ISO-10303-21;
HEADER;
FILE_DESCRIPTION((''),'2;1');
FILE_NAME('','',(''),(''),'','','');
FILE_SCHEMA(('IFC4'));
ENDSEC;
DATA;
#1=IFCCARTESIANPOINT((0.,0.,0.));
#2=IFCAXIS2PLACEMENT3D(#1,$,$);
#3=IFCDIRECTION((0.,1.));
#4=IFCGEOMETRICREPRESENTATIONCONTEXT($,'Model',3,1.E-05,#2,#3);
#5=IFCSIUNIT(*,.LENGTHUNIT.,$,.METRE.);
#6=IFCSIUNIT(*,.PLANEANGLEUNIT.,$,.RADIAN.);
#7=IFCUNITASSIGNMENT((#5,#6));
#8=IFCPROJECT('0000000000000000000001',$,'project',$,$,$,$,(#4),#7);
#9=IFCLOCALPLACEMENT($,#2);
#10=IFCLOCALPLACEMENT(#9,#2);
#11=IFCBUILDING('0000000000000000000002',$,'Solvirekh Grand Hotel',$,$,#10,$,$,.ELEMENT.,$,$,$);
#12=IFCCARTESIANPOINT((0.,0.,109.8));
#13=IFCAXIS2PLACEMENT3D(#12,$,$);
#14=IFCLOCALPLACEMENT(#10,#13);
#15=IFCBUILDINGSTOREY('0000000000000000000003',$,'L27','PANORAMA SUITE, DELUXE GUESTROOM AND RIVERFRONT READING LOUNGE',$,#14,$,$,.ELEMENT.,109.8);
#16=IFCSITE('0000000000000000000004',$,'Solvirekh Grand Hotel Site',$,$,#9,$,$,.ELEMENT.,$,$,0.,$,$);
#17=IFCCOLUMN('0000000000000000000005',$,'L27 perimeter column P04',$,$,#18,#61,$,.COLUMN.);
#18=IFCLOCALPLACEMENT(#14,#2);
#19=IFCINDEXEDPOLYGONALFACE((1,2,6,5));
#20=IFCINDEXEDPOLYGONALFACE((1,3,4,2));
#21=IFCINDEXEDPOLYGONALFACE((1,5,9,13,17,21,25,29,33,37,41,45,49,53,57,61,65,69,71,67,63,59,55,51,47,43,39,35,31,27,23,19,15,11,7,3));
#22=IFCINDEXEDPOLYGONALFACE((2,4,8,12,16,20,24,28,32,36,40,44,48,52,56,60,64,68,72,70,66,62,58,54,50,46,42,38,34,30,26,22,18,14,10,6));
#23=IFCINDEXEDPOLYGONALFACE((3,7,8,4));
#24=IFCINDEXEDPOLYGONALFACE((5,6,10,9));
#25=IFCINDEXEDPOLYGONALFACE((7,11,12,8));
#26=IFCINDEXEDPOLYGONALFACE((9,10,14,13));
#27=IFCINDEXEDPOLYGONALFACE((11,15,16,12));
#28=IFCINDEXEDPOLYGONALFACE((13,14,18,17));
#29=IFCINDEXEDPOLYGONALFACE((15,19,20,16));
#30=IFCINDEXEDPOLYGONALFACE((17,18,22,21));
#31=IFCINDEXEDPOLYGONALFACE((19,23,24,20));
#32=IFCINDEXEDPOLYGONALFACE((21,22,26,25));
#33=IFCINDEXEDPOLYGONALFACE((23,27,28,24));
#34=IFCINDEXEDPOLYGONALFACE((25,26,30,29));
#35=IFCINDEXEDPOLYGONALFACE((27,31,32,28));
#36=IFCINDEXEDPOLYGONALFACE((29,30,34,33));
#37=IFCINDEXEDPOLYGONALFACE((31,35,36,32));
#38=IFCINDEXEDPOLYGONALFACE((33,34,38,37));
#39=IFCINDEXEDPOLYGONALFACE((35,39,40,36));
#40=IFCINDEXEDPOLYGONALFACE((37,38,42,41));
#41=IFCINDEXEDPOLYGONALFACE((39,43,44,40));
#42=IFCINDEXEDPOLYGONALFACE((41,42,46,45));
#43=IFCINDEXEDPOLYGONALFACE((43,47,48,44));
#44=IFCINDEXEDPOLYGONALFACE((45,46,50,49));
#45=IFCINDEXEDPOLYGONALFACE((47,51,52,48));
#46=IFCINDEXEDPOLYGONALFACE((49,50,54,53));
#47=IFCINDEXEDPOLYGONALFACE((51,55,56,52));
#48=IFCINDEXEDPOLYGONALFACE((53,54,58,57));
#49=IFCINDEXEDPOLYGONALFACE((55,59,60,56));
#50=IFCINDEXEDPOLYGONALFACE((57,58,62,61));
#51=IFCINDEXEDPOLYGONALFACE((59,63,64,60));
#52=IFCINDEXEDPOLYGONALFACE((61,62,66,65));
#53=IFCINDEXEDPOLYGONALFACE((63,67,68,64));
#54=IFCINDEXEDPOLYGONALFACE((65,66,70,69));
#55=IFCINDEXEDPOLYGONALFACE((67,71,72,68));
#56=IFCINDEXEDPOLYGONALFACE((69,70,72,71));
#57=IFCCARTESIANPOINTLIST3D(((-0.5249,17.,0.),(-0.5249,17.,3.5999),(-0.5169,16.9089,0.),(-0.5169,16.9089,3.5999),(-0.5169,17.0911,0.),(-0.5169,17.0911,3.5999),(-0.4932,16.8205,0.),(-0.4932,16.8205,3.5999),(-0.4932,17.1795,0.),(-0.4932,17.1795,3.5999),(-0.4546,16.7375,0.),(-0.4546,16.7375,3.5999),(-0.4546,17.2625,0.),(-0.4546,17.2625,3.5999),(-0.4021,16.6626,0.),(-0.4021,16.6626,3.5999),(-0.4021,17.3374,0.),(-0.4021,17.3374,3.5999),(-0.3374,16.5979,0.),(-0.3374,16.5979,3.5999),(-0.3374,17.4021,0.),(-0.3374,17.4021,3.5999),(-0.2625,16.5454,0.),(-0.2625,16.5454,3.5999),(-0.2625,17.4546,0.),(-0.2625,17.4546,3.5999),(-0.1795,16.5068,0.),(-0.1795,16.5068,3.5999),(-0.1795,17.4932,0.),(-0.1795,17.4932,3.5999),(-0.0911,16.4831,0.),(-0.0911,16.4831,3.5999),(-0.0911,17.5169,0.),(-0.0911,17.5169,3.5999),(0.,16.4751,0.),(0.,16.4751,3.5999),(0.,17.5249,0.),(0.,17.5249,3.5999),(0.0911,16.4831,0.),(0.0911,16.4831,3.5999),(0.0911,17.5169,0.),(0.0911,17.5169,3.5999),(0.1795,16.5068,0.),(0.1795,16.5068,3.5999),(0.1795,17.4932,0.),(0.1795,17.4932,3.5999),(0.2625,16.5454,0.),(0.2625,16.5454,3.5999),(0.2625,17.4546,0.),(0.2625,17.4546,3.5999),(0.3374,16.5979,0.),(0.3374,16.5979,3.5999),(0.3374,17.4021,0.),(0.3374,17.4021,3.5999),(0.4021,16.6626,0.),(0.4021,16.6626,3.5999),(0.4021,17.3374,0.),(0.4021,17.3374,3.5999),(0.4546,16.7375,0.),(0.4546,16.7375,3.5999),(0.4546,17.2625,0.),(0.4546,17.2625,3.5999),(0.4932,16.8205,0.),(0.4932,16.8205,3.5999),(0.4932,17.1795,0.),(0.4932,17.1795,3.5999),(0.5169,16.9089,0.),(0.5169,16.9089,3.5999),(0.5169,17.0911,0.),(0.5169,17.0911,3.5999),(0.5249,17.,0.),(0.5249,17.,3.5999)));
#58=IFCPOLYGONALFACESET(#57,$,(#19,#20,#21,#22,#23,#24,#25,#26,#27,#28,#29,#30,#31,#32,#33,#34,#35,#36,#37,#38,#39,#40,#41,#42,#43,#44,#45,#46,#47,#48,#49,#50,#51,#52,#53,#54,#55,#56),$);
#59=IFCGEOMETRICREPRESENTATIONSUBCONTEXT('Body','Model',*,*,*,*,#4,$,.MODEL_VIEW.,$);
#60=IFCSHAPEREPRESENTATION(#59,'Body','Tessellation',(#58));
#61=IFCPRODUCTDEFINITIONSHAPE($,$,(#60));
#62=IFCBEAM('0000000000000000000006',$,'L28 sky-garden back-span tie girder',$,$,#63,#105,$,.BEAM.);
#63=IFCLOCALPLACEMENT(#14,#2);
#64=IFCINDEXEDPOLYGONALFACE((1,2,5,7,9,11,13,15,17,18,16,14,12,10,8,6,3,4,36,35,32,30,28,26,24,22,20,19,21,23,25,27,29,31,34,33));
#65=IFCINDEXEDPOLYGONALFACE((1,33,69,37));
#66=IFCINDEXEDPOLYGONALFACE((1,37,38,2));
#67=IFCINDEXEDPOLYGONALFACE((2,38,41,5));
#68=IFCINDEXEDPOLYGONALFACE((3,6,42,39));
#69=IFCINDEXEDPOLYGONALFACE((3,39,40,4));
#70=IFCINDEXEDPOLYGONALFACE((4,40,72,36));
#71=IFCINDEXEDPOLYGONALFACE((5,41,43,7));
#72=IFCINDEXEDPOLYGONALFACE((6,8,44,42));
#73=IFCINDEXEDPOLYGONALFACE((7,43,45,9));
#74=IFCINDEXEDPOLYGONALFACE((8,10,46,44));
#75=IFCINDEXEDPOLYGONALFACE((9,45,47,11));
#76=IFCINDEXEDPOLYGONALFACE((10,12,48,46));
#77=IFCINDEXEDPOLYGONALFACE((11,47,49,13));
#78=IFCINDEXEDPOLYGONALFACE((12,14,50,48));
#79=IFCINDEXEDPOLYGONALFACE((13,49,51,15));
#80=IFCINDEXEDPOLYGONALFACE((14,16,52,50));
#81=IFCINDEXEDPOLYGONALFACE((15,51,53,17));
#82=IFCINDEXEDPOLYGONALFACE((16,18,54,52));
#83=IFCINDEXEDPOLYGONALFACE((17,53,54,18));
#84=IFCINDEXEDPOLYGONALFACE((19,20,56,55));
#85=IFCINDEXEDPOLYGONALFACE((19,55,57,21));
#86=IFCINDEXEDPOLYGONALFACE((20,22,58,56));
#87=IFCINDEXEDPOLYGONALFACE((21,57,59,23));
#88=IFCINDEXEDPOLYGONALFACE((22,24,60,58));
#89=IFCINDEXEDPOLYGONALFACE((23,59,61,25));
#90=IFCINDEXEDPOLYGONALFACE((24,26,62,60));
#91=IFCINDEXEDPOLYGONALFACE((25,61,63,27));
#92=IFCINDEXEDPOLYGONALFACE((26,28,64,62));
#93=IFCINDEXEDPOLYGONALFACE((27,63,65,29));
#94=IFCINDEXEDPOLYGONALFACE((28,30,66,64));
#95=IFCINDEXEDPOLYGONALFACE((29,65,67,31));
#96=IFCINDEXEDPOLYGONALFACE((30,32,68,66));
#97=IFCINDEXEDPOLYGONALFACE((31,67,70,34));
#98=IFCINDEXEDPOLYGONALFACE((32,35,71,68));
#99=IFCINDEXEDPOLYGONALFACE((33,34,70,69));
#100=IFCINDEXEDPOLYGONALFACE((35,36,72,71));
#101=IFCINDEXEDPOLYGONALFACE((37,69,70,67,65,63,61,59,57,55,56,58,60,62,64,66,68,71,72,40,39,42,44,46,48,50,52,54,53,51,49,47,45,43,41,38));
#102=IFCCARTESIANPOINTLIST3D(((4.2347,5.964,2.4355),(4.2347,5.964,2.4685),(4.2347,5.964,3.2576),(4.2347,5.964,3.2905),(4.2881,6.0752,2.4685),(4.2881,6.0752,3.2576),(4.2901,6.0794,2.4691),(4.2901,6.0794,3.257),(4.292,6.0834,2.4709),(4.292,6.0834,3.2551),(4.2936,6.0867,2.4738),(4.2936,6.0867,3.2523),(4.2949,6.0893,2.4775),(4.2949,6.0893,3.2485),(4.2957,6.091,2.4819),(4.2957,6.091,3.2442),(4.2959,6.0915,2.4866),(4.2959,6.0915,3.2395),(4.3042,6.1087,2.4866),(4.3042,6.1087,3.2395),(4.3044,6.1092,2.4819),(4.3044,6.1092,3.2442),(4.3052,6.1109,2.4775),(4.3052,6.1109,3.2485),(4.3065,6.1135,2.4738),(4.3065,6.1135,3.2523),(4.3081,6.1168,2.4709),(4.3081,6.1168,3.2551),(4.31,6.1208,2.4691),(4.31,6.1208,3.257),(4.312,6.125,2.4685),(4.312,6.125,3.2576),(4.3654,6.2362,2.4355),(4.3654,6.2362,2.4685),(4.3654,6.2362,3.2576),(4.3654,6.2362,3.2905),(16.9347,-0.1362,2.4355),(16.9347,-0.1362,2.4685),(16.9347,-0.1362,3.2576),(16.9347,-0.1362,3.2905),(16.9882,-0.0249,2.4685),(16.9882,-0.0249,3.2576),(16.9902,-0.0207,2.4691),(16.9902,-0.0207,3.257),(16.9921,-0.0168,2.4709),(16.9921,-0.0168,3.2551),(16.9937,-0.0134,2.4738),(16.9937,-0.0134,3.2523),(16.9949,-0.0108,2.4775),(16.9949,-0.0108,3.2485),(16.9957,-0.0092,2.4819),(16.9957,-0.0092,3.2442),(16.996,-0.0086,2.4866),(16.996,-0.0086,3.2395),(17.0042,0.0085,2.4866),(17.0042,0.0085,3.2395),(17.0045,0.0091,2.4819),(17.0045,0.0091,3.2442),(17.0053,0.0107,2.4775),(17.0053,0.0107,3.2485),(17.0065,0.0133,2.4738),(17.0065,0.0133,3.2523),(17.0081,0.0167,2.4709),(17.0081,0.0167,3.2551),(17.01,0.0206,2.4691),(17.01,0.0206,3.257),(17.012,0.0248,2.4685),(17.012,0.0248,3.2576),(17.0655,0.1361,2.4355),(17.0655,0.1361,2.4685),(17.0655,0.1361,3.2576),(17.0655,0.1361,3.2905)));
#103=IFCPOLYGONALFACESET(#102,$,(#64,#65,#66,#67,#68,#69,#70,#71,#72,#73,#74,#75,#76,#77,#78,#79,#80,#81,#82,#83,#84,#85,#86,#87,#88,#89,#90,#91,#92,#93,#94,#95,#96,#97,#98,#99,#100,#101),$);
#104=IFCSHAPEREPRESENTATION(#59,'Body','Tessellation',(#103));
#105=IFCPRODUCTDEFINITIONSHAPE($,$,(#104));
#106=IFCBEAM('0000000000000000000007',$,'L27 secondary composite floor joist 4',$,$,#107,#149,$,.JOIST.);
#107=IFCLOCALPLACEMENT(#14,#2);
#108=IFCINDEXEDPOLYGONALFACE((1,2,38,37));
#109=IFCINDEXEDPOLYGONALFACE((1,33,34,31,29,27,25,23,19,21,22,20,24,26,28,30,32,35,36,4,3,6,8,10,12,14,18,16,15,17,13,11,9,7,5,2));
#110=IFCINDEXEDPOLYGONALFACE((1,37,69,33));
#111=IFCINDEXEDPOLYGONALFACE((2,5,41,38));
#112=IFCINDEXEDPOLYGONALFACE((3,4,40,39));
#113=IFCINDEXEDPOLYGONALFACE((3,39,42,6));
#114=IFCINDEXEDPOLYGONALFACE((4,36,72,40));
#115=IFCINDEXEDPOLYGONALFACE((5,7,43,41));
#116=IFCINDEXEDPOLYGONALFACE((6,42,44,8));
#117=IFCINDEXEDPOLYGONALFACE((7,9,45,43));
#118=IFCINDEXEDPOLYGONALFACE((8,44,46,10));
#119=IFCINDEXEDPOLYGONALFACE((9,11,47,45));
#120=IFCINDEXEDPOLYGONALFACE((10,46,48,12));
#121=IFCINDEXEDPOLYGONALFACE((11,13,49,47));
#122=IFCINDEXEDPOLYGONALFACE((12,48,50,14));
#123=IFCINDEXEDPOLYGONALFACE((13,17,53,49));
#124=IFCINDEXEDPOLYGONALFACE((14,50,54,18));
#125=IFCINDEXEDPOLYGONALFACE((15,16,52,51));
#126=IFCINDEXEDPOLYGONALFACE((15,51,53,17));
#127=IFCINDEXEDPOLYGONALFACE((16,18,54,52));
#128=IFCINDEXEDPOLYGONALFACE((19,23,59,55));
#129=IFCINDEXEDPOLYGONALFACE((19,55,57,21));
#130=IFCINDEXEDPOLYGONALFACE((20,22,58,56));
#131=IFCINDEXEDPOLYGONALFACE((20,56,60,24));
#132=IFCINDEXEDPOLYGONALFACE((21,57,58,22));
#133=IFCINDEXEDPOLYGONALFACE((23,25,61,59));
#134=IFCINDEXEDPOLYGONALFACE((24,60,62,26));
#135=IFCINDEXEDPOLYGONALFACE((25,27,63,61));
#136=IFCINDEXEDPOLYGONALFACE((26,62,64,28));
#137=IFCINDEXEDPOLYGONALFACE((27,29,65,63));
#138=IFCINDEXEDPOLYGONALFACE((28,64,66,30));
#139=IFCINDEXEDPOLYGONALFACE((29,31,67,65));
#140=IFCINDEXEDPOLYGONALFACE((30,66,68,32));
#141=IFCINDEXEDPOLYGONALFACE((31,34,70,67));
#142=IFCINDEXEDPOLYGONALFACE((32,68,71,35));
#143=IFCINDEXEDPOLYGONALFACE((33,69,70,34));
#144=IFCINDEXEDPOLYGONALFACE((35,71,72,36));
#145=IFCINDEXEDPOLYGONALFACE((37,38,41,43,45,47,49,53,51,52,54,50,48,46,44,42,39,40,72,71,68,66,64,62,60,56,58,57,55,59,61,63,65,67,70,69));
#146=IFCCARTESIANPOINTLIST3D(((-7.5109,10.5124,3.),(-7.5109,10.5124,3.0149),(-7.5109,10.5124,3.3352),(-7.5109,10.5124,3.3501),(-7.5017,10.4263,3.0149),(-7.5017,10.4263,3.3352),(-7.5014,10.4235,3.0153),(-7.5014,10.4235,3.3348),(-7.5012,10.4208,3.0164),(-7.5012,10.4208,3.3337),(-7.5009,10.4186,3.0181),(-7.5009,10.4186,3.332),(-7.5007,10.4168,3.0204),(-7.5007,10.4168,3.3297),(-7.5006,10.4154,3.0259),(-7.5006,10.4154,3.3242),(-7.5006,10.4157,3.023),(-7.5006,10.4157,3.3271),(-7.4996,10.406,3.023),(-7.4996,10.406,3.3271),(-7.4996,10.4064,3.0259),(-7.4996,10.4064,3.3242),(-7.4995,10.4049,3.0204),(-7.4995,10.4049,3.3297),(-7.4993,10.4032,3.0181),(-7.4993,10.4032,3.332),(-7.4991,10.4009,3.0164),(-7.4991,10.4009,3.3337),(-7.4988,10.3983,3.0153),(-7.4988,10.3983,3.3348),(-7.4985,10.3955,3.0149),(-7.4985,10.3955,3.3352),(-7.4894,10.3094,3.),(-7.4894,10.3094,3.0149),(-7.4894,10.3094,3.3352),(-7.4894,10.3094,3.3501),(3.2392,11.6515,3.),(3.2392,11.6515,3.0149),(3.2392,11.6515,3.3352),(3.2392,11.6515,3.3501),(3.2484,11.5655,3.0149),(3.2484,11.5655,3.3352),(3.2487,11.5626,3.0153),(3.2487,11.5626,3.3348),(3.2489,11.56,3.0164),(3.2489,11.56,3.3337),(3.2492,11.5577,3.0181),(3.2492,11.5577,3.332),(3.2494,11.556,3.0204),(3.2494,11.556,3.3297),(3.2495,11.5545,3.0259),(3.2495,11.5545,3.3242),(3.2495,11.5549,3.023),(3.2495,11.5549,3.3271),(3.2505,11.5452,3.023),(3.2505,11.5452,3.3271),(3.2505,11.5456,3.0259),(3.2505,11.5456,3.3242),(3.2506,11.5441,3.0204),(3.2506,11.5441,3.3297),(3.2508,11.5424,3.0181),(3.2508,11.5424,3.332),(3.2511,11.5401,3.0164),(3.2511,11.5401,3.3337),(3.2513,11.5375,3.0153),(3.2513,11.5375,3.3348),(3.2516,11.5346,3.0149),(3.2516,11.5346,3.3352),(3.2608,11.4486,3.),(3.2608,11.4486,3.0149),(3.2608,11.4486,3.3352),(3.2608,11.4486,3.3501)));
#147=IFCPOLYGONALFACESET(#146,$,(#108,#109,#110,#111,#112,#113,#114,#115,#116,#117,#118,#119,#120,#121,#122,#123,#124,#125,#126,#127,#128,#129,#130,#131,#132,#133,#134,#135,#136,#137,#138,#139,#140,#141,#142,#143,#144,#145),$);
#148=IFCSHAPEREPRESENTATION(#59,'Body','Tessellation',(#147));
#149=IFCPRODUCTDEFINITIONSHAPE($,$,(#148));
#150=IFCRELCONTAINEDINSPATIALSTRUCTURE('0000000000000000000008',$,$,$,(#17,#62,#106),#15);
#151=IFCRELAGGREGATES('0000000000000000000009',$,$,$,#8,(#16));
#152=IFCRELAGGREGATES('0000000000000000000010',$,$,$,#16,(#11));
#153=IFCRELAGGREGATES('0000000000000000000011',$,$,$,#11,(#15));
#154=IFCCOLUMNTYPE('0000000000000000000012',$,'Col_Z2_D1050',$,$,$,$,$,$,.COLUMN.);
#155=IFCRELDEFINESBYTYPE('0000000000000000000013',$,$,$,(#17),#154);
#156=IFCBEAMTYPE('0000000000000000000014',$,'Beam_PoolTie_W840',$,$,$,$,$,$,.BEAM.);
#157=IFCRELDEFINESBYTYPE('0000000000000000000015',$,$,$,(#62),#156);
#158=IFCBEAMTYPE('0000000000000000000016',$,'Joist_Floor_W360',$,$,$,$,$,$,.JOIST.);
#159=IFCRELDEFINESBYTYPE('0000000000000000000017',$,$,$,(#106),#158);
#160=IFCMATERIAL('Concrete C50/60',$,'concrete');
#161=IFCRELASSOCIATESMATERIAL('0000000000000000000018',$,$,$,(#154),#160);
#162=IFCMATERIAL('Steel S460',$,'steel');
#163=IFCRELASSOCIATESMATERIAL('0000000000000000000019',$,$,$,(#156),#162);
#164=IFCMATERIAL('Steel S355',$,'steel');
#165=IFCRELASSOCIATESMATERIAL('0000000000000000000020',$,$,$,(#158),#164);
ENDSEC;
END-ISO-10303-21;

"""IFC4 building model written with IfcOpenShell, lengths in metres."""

from ifc_helpers import new_model, si_unit, direction, frame, origin, origin_2d, place, context, subcontext, project, spatial, circle, i_section, extrude, material, material_profile, profile_set, type_object, element, save


model = new_model("IFC4")

# Units and contexts
model_context = context("Model", 3, precision=1e-05, world=origin(), true_north=direction((0.0, 1.0)))
body_context = subcontext(model_context, "Body", "Model", "MODEL_VIEW")
ifc_project = project(units=[si_unit("LENGTHUNIT", "METRE"), si_unit("PLANEANGLEUNIT", "RADIAN")], contexts=[model_context])

# Site, building, storey
site_placement = place(None, origin())
site = spatial("IfcSite", under=ifc_project, at=site_placement, Name="Solvirekh Grand Hotel Site", CompositionType="ELEMENT", RefElevation=0.0)
building_placement = place(site_placement, origin())
building = spatial("IfcBuilding", under=site, at=building_placement, Name="Solvirekh Grand Hotel", CompositionType="ELEMENT")
storey_placement = place(building_placement, frame((0.0, 0.0, 109.8)))
storey = spatial("IfcBuildingStorey", under=building, at=storey_placement, Name="L27", Description="PANORAMA SUITE, DELUXE GUESTROOM AND RIVERFRONT READING LOUNGE", CompositionType="ELEMENT", Elevation=109.8)

# Column
ifc_material_1 = material(Name="Concrete C50/60", Category="concrete")
ifc_material_profile_1 = material_profile(ifc_material_1, circle(Radius=0.5249, at=origin_2d()), Name="RC CIRC D1050")
ifc_profile_set_1 = profile_set([ifc_material_profile_1], Name="Concrete C50/60")
column_type = type_object("IfcColumnType", Name="Col_Z2_D1050", PredefinedType="COLUMN", material=ifc_profile_set_1)
column_placement = place(storey_placement, frame((0.0, 17.0, 0.0), z_axis=(0.0, 0.0, 1.0), x_axis=(1.0, 0.0, 0.0)))
element("IfcColumn", 1, at=column_placement, inside=storey, type_object=column_type, Name="L27 perimeter column P04", PredefinedType="COLUMN", context=body_context, shape_type="SweptSolid", body=[
    extrude(circle(Radius=0.5249, at=origin_2d()), origin(), (0.0, 0.0, 1.0), 3.5999),
])

# Beams
ifc_material_2 = material(Name="Steel S460", Category="steel")
ifc_material_profile_2 = material_profile(ifc_material_2, i_section(OverallWidth=0.302, OverallDepth=0.855, WebThickness=0.019, FlangeThickness=0.033, FilletRadius=0.0181, at=origin_2d()), Name="W840X299")
ifc_profile_set_2 = profile_set([ifc_material_profile_2], Name="Steel S460")
beam_type_1 = type_object("IfcBeamType", Name="Beam_PoolTie_W840", PredefinedType="BEAM", material=ifc_profile_set_2)
beam_1_placement = place(storey_placement, frame((4.3, 6.1001, 2.863), z_axis=(0.901409, -0.432969, 0.0), x_axis=(0.432969, 0.901409, 0.0)))
element("IfcBeam", 2, at=beam_1_placement, inside=storey, type_object=beam_type_1, Name="L28 sky-garden back-span tie girder", PredefinedType="BEAM", context=body_context, shape_type="SweptSolid", body=[
    extrude(i_section(OverallWidth=0.302, OverallDepth=0.855, WebThickness=0.019, FlangeThickness=0.033, FilletRadius=0.0181, at=origin_2d()), origin(), (0.0, 0.0, 1.0), 14.0891),
])
ifc_material_3 = material(Name="Steel S355", Category="steel")
ifc_material_profile_3 = material_profile(ifc_material_3, i_section(OverallWidth=0.2041, OverallDepth=0.3501, WebThickness=0.009, FlangeThickness=0.0149, FilletRadius=0.011, at=origin_2d()), Name="W360X72")
ifc_profile_set_3 = profile_set([ifc_material_profile_3], Name="Steel S355")
beam_type_2 = type_object("IfcBeamType", Name="Joist_Floor_W360", PredefinedType="JOIST", material=ifc_profile_set_3)
beam_2_placement = place(storey_placement, frame((3.25, 11.55, 3.175), z_axis=(-0.994432, -0.105378, 0.0), x_axis=(0.105378, -0.994432, 0.0)))
element("IfcBeam", 3, at=beam_2_placement, inside=storey, type_object=beam_type_2, Name="L27 secondary composite floor joist 4", PredefinedType="JOIST", context=body_context, shape_type="SweptSolid", body=[
    extrude(i_section(OverallWidth=0.2041, OverallDepth=0.3501, WebThickness=0.009, FlangeThickness=0.0149, FilletRadius=0.011, at=origin_2d()), origin(), (0.0, 0.0, 1.0), 10.8103),
])

save(model, "model.ifc")
